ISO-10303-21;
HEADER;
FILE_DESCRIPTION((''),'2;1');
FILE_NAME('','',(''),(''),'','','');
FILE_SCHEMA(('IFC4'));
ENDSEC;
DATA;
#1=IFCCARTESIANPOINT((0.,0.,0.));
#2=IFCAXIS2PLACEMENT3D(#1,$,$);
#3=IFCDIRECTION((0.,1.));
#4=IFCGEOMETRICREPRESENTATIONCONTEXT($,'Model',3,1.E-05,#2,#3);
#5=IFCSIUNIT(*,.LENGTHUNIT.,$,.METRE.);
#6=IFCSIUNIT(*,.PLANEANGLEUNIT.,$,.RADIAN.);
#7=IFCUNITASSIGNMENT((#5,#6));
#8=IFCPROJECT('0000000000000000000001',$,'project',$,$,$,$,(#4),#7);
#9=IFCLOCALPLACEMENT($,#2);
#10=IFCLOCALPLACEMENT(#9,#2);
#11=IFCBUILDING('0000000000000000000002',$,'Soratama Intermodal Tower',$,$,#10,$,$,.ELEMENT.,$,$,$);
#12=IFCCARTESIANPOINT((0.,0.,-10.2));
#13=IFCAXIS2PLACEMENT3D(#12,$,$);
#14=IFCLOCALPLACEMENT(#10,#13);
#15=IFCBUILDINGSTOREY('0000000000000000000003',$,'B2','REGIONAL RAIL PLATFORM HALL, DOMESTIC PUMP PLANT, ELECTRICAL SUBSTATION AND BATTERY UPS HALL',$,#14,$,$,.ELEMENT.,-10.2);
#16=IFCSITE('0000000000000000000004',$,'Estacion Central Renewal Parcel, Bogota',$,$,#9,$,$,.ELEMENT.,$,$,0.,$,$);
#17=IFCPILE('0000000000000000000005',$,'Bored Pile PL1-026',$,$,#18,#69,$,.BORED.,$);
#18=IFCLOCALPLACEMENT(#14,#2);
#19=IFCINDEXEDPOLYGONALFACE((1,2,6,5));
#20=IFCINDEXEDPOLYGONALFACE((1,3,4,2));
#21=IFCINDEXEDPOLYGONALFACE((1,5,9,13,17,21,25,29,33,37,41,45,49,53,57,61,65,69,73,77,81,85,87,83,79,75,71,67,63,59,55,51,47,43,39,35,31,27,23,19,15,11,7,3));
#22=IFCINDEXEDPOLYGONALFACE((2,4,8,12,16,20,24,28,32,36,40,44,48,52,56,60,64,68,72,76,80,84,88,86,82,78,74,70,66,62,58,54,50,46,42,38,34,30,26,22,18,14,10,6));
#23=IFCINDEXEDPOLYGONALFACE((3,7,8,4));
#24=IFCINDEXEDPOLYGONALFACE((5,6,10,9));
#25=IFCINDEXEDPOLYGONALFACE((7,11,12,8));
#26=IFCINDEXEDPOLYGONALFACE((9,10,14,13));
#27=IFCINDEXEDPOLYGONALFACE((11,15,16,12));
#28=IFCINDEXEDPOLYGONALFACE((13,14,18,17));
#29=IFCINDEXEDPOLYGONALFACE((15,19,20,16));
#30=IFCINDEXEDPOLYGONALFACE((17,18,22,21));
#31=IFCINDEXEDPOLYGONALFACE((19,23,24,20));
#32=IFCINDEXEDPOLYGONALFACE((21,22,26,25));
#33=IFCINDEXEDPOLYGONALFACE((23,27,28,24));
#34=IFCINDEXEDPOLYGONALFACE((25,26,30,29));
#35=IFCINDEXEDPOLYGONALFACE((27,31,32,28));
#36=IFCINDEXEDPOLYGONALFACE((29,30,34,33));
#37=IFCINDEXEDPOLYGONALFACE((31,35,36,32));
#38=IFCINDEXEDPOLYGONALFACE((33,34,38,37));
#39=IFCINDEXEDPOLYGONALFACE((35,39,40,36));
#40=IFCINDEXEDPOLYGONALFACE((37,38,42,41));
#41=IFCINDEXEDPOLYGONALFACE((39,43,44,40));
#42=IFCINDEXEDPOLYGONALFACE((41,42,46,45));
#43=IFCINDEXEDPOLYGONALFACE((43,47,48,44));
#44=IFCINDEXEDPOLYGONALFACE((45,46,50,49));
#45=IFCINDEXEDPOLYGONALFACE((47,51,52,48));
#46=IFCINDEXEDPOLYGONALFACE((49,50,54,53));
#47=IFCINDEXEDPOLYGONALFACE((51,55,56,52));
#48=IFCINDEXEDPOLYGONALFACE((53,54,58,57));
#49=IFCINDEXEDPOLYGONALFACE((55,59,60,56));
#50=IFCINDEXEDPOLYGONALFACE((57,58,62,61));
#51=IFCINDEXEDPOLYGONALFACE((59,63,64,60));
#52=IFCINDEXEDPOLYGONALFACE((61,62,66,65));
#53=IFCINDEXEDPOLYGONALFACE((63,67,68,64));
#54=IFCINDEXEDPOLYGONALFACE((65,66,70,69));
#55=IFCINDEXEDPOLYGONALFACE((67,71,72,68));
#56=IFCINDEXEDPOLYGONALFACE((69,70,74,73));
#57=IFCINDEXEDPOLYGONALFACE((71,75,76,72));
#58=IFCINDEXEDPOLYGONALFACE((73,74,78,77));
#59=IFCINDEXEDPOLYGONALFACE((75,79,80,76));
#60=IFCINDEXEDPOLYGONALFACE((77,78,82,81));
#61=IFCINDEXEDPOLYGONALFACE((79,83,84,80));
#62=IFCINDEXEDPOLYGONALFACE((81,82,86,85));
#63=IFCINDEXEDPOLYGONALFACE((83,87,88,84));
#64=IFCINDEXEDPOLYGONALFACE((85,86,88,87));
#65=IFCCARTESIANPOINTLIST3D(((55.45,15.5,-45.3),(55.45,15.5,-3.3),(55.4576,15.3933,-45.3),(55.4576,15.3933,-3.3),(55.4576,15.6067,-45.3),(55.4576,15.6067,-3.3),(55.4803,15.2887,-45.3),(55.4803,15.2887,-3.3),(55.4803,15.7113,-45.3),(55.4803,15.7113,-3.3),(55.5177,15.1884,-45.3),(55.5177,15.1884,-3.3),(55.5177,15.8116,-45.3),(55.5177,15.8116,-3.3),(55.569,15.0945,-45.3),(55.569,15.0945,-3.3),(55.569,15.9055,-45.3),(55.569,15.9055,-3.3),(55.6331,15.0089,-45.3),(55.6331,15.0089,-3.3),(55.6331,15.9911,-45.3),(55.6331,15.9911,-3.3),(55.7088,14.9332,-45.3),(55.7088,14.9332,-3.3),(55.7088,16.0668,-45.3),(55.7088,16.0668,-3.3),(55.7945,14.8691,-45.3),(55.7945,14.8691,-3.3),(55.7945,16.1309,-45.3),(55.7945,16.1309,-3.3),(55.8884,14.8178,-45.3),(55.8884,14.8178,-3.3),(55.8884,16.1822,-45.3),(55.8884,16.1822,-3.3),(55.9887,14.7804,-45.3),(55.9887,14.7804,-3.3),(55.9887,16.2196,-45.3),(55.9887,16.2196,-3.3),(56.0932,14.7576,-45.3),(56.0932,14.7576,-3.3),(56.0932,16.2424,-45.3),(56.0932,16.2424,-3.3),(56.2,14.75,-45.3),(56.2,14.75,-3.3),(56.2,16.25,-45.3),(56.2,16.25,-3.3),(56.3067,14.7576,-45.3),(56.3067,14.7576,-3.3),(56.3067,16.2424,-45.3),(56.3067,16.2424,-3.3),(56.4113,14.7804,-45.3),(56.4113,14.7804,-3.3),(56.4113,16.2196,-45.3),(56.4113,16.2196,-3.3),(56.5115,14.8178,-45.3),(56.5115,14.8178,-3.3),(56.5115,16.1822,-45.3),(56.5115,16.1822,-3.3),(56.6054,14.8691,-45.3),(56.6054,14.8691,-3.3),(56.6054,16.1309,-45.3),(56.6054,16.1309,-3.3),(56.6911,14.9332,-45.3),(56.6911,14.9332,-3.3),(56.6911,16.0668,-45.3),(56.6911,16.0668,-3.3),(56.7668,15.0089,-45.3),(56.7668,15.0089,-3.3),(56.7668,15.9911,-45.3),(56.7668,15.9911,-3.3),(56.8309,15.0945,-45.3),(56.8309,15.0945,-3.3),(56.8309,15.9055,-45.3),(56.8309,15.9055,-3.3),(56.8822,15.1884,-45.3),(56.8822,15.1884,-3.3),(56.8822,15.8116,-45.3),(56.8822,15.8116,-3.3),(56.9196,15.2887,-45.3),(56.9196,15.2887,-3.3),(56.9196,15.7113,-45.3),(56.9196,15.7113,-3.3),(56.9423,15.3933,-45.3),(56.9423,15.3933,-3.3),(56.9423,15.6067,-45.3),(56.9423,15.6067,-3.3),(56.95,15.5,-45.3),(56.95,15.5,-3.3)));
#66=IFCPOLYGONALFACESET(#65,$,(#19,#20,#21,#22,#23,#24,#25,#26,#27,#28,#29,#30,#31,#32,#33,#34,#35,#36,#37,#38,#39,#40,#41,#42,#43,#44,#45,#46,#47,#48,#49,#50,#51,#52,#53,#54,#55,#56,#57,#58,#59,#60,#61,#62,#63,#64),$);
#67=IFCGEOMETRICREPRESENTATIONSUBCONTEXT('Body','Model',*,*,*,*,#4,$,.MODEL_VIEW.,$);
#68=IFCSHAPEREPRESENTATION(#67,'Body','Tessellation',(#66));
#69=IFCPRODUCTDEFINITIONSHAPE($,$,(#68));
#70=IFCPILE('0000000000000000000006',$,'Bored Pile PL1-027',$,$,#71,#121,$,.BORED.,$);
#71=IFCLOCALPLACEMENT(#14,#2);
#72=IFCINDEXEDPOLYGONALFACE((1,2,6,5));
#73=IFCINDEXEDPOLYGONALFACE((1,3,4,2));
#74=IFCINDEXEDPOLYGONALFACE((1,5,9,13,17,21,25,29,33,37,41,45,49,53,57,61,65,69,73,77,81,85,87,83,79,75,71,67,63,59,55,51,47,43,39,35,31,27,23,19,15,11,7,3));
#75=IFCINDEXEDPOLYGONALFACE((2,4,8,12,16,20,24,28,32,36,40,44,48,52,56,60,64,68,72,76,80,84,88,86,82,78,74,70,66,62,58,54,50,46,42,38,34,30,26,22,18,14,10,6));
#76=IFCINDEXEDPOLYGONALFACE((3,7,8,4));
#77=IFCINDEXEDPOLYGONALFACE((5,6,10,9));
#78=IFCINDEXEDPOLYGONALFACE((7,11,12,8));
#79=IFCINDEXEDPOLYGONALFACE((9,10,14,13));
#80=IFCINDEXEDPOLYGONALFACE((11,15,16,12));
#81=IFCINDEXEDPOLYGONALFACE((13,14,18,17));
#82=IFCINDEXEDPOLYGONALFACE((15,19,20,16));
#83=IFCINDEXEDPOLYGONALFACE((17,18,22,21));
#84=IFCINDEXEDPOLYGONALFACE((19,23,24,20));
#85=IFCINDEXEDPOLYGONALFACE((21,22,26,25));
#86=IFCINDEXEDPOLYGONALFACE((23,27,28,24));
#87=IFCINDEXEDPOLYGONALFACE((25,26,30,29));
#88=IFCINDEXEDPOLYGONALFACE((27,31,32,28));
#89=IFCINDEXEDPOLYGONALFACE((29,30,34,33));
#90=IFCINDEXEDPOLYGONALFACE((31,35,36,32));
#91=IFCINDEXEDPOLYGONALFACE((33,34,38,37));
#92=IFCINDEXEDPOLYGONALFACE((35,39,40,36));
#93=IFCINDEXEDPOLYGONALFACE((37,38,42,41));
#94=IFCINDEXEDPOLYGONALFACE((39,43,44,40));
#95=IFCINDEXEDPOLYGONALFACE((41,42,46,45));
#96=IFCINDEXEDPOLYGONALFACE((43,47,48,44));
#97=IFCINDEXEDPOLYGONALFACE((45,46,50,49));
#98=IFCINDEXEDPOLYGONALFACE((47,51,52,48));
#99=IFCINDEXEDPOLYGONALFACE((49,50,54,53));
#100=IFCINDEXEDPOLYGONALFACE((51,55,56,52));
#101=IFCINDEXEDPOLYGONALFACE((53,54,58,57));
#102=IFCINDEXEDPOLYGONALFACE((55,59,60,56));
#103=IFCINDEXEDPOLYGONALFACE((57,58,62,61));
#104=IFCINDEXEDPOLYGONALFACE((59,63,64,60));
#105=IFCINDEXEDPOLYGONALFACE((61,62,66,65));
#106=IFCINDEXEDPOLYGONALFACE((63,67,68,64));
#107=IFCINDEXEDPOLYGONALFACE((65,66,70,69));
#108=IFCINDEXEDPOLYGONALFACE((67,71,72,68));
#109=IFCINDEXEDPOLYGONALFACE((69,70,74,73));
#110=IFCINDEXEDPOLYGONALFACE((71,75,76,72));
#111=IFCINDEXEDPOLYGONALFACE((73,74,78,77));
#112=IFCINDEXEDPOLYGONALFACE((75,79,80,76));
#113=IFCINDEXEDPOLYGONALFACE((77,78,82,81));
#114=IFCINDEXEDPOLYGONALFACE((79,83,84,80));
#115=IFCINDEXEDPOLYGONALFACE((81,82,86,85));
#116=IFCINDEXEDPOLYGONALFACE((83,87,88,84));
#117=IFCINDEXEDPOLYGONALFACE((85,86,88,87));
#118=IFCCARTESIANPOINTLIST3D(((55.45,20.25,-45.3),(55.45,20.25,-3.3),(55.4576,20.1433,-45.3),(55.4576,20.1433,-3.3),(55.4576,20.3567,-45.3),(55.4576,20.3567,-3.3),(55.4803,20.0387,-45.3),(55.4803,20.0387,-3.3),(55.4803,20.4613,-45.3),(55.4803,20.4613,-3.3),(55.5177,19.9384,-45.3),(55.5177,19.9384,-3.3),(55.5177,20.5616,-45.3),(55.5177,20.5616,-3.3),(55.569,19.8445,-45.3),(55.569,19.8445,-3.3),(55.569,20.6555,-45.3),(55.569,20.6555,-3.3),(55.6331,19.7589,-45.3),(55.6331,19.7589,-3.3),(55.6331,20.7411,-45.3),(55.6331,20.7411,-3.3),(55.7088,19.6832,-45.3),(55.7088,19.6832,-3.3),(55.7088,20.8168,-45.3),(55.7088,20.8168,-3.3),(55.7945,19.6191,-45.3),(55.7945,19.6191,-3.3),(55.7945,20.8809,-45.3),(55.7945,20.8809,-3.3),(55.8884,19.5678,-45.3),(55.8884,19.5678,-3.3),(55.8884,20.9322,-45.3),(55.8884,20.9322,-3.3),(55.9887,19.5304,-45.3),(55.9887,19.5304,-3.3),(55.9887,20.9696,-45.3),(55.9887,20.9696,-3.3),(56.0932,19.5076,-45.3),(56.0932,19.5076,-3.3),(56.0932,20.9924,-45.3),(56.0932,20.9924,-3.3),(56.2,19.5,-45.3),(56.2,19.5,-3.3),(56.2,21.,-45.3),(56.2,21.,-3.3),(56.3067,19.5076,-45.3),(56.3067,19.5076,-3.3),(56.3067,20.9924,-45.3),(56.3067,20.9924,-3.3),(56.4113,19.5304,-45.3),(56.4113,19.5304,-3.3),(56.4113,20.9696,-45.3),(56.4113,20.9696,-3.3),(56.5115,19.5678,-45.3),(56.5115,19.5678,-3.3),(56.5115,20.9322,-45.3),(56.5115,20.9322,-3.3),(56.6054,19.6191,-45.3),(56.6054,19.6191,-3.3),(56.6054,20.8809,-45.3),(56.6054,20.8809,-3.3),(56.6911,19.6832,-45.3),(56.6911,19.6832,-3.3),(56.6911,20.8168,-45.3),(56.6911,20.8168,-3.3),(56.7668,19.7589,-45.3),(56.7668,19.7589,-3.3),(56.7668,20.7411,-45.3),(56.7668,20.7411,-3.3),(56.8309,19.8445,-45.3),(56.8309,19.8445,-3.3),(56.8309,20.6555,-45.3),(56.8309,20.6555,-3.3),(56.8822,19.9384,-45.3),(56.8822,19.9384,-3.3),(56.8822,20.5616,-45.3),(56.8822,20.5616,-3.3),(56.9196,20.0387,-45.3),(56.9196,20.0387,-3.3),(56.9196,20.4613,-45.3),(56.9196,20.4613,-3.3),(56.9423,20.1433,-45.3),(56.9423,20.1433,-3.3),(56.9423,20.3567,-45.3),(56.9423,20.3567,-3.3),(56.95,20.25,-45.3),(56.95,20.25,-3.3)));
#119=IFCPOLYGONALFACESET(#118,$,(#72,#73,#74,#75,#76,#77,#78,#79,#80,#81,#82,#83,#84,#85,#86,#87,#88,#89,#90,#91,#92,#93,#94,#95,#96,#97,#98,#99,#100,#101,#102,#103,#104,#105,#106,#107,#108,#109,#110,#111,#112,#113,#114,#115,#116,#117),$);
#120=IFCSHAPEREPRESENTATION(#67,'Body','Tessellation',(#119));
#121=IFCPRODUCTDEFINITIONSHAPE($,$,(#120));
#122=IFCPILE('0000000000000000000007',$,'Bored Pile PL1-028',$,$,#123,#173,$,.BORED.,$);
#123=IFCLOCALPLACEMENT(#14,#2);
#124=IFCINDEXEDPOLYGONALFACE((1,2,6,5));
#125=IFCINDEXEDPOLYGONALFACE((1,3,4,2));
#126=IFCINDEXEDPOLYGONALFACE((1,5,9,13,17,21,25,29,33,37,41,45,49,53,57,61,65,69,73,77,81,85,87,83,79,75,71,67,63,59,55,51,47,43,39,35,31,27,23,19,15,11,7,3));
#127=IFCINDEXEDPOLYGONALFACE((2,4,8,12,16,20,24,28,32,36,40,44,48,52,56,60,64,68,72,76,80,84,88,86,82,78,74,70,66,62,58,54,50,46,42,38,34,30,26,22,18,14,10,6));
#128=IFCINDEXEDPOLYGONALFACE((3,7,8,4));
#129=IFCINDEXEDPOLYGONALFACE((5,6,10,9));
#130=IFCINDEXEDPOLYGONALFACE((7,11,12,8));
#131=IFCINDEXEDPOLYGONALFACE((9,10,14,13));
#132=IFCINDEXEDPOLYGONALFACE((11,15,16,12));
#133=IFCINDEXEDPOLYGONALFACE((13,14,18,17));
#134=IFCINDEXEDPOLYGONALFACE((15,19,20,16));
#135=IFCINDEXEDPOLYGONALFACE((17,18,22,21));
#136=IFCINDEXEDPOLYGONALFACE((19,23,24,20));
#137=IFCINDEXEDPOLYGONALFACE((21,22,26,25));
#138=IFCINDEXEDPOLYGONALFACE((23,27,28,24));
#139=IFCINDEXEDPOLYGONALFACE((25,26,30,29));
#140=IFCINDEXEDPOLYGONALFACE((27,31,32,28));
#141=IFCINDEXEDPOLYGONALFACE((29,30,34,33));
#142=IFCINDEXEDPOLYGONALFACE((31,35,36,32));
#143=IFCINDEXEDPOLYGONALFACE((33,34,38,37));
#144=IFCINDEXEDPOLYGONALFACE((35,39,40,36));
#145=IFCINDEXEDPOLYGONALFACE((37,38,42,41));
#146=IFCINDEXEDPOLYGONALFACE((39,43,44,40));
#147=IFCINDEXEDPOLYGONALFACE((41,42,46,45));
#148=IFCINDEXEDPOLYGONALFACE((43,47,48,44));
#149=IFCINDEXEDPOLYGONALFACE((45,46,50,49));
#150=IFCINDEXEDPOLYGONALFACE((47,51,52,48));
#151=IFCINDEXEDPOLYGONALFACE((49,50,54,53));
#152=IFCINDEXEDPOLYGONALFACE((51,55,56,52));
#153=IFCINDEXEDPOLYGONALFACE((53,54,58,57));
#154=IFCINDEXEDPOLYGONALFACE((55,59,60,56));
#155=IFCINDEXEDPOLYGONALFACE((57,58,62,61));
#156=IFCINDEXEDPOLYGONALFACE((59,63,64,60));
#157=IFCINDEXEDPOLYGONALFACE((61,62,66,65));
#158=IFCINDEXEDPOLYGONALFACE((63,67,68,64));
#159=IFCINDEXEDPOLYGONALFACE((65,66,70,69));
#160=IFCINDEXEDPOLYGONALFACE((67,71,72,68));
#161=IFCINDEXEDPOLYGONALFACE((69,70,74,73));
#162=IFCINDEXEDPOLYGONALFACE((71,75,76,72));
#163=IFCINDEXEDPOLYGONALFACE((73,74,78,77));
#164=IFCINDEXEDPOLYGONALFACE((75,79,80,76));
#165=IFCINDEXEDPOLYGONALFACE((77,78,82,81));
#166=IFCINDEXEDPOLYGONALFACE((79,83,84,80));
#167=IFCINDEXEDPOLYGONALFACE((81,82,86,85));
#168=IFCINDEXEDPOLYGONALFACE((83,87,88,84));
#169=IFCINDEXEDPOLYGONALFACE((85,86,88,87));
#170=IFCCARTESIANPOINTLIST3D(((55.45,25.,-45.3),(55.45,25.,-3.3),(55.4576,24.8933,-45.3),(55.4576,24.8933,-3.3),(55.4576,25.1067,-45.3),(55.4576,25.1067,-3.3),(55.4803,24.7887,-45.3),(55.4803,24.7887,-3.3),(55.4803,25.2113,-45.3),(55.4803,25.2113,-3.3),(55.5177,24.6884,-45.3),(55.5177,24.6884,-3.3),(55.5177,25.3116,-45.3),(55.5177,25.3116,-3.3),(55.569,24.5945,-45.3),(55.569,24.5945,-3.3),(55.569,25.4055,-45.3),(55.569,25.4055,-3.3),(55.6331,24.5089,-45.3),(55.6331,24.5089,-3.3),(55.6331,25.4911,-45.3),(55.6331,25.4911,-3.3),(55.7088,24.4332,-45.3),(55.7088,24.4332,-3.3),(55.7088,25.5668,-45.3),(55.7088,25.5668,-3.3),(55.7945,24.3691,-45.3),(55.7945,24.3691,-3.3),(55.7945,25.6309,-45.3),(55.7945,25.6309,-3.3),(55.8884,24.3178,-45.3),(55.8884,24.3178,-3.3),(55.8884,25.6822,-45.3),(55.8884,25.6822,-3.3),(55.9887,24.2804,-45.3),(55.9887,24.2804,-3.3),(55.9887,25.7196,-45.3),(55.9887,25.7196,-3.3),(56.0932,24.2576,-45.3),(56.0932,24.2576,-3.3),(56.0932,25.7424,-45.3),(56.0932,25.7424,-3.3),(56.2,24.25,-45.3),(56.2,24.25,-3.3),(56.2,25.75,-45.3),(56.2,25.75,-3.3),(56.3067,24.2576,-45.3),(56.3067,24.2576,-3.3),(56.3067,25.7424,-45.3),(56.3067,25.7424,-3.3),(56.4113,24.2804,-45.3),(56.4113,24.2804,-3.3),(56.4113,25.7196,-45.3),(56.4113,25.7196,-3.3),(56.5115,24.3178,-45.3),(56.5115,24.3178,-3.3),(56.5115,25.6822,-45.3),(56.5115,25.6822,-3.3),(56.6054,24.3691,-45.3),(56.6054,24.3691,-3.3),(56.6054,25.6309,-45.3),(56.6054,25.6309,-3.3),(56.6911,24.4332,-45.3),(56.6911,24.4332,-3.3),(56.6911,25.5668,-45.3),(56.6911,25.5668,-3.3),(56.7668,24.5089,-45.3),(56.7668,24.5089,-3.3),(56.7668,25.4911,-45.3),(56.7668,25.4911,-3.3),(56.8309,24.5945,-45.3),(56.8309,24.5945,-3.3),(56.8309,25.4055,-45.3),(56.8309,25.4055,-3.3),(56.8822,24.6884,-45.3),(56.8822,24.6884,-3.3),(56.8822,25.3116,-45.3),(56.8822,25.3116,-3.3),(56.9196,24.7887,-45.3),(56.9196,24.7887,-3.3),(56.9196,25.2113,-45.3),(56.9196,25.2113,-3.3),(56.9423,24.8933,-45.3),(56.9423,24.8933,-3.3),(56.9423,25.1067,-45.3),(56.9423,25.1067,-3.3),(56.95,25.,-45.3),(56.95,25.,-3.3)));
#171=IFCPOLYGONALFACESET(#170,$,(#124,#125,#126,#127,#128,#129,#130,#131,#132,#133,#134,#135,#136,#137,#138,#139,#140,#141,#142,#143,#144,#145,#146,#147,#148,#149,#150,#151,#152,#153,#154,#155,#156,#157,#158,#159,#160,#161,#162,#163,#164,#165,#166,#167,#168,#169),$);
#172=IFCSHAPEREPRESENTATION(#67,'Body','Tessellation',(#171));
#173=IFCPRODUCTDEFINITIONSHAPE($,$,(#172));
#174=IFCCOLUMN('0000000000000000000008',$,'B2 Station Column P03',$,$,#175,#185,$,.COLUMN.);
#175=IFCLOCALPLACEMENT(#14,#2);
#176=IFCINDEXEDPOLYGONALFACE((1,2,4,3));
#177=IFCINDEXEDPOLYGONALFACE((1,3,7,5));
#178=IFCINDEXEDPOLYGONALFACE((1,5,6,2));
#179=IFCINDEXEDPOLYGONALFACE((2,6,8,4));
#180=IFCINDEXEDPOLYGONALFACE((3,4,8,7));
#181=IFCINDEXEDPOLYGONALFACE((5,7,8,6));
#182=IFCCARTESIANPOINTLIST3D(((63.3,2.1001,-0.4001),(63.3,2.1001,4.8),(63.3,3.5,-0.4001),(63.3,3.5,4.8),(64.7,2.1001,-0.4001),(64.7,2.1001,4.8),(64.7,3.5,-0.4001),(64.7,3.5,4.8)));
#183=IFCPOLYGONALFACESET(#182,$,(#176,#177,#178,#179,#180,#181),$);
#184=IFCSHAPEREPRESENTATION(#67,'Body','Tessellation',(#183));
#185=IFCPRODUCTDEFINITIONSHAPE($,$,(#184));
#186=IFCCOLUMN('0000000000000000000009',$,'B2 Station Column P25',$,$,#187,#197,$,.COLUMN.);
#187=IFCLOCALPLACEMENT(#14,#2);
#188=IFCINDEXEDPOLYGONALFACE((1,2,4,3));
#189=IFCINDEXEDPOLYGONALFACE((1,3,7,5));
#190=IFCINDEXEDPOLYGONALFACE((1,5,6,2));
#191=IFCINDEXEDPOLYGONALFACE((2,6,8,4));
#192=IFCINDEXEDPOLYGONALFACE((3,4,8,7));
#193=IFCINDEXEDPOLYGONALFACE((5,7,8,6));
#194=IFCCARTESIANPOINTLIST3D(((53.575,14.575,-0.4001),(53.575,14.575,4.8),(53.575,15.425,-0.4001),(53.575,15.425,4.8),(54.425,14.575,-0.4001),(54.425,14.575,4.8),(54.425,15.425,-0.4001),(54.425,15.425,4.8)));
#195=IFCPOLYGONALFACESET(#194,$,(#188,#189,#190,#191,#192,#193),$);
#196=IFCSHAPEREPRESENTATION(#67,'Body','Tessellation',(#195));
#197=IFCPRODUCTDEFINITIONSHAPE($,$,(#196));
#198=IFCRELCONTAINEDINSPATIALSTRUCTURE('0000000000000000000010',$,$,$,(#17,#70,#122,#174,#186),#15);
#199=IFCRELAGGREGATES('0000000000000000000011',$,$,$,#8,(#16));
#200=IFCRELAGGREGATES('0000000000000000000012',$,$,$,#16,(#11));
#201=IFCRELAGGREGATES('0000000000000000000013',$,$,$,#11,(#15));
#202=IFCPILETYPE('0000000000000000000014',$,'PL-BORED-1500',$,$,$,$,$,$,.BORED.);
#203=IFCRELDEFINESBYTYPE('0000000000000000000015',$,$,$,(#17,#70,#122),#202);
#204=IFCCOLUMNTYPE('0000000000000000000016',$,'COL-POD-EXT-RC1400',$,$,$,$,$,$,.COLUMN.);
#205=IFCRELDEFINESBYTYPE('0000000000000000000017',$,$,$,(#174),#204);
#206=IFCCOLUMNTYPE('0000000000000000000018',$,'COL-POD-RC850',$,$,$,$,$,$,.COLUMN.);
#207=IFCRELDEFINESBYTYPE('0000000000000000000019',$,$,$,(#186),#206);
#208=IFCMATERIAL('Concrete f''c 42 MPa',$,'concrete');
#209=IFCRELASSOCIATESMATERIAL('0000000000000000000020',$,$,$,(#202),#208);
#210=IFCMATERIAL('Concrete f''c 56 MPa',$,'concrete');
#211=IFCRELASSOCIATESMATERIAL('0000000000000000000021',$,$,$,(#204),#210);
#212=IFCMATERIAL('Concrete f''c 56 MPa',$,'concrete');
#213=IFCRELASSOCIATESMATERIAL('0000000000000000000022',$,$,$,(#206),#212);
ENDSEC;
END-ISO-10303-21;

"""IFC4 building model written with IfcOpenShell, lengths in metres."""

from ifc_helpers import new_model, si_unit, direction, frame, origin, origin_2d, place, context, subcontext, project, spatial, rectangle, circle, extrude, material, material_profile, profile_set, type_object, element, save


model = new_model("IFC4")

# Units and contexts
model_context = context("Model", 3, precision=1e-05, world=origin(), true_north=direction((0.0, 1.0)))
body_context = subcontext(model_context, "Body", "Model", "MODEL_VIEW")
ifc_project = project(units=[si_unit("LENGTHUNIT", "METRE"), si_unit("PLANEANGLEUNIT", "RADIAN")], contexts=[model_context])

# Site, building, storey
site_placement = place(None, origin())
site = spatial("IfcSite", under=ifc_project, at=site_placement, Name="Estacion Central Renewal Parcel, Bogota", CompositionType="ELEMENT", RefElevation=0.0)
building_placement = place(site_placement, origin())
building = spatial("IfcBuilding", under=site, at=building_placement, Name="Soratama Intermodal Tower", CompositionType="ELEMENT")
storey_placement = place(building_placement, frame((0.0, 0.0, -10.2)))
storey = spatial("IfcBuildingStorey", under=building, at=storey_placement, Name="B2", Description="REGIONAL RAIL PLATFORM HALL, DOMESTIC PUMP PLANT, ELECTRICAL SUBSTATION AND BATTERY UPS HALL", CompositionType="ELEMENT", Elevation=-10.2)

# Piles
ifc_material_1 = material(Name="Concrete f'c 42 MPa", Category="concrete")
ifc_material_profile_1 = material_profile(ifc_material_1, circle(Radius=0.75, at=origin_2d()), Name="PILE1500")
ifc_profile_set_1 = profile_set([ifc_material_profile_1], Name="Concrete f'c 42 MPa")
pile_type_1 = type_object("IfcPileType", Name="PL-BORED-1500", PredefinedType="BORED", material=ifc_profile_set_1)
for number, where, z_axis, x_axis, name in (
    (1, (56.2, 15.5, -3.3), (0.0, 0.0, -1.0), (1.0, 0.0, 0.0), "Bored Pile PL1-026"),
    (2, (56.2, 20.25, -3.3), (0.0, 0.0, -1.0), (1.0, 0.0, 0.0), "Bored Pile PL1-027"),
    (3, (56.2, 25.0, -3.3), (0.0, 0.0, -1.0), (1.0, 0.0, 0.0), "Bored Pile PL1-028"),
):
    element("IfcPile", number, at=place(storey_placement, frame(where, z_axis=z_axis, x_axis=x_axis)), inside=storey, type_object=pile_type_1, Name=name, PredefinedType="BORED", context=body_context, shape_type="SweptSolid", body=[
        extrude(circle(Radius=0.75, at=origin_2d()), origin(), (0.0, 0.0, 1.0), 42.0),
    ])

# Columns
ifc_material_2 = material(Name="Concrete f'c 56 MPa", Category="concrete")
ifc_material_profile_2 = material_profile(ifc_material_2, rectangle(XDim=1.3999, YDim=1.3999, at=origin_2d()), Name="RC1400X1400")
ifc_profile_set_2 = profile_set([ifc_material_profile_2], Name="Concrete f'c 56 MPa")
column_type_1 = type_object("IfcColumnType", Name="COL-POD-EXT-RC1400", PredefinedType="COLUMN", material=ifc_profile_set_2)
column_1_placement = place(storey_placement, frame((64.0, 2.8, -0.4001), z_axis=(0.0, 0.0, 1.0), x_axis=(1.0, 0.0, 0.0)))
element("IfcColumn", 4, at=column_1_placement, inside=storey, type_object=column_type_1, Name="B2 Station Column P03", PredefinedType="COLUMN", context=body_context, shape_type="SweptSolid", body=[
    extrude(rectangle(XDim=1.3999, YDim=1.3999, at=origin_2d()), origin(), (0.0, 0.0, 1.0), 5.2002),
])
ifc_material_3 = material(Name="Concrete f'c 56 MPa", Category="concrete")
ifc_material_profile_3 = material_profile(ifc_material_3, rectangle(XDim=0.8501, YDim=0.8501, at=origin_2d()), Name="RC850X850")
ifc_profile_set_3 = profile_set([ifc_material_profile_3], Name="Concrete f'c 56 MPa")
column_type_2 = type_object("IfcColumnType", Name="COL-POD-RC850", PredefinedType="COLUMN", material=ifc_profile_set_3)
column_2_placement = place(storey_placement, frame((54.0, 15.0, -0.4001), z_axis=(0.0, 0.0, 1.0), x_axis=(1.0, 0.0, 0.0)))
element("IfcColumn", 5, at=column_2_placement, inside=storey, type_object=column_type_2, Name="B2 Station Column P25", PredefinedType="COLUMN", context=body_context, shape_type="SweptSolid", body=[
    extrude(rectangle(XDim=0.8501, YDim=0.8501, at=origin_2d()), origin(), (0.0, 0.0, 1.0), 5.2002),
])

save(model, "model.ifc")
